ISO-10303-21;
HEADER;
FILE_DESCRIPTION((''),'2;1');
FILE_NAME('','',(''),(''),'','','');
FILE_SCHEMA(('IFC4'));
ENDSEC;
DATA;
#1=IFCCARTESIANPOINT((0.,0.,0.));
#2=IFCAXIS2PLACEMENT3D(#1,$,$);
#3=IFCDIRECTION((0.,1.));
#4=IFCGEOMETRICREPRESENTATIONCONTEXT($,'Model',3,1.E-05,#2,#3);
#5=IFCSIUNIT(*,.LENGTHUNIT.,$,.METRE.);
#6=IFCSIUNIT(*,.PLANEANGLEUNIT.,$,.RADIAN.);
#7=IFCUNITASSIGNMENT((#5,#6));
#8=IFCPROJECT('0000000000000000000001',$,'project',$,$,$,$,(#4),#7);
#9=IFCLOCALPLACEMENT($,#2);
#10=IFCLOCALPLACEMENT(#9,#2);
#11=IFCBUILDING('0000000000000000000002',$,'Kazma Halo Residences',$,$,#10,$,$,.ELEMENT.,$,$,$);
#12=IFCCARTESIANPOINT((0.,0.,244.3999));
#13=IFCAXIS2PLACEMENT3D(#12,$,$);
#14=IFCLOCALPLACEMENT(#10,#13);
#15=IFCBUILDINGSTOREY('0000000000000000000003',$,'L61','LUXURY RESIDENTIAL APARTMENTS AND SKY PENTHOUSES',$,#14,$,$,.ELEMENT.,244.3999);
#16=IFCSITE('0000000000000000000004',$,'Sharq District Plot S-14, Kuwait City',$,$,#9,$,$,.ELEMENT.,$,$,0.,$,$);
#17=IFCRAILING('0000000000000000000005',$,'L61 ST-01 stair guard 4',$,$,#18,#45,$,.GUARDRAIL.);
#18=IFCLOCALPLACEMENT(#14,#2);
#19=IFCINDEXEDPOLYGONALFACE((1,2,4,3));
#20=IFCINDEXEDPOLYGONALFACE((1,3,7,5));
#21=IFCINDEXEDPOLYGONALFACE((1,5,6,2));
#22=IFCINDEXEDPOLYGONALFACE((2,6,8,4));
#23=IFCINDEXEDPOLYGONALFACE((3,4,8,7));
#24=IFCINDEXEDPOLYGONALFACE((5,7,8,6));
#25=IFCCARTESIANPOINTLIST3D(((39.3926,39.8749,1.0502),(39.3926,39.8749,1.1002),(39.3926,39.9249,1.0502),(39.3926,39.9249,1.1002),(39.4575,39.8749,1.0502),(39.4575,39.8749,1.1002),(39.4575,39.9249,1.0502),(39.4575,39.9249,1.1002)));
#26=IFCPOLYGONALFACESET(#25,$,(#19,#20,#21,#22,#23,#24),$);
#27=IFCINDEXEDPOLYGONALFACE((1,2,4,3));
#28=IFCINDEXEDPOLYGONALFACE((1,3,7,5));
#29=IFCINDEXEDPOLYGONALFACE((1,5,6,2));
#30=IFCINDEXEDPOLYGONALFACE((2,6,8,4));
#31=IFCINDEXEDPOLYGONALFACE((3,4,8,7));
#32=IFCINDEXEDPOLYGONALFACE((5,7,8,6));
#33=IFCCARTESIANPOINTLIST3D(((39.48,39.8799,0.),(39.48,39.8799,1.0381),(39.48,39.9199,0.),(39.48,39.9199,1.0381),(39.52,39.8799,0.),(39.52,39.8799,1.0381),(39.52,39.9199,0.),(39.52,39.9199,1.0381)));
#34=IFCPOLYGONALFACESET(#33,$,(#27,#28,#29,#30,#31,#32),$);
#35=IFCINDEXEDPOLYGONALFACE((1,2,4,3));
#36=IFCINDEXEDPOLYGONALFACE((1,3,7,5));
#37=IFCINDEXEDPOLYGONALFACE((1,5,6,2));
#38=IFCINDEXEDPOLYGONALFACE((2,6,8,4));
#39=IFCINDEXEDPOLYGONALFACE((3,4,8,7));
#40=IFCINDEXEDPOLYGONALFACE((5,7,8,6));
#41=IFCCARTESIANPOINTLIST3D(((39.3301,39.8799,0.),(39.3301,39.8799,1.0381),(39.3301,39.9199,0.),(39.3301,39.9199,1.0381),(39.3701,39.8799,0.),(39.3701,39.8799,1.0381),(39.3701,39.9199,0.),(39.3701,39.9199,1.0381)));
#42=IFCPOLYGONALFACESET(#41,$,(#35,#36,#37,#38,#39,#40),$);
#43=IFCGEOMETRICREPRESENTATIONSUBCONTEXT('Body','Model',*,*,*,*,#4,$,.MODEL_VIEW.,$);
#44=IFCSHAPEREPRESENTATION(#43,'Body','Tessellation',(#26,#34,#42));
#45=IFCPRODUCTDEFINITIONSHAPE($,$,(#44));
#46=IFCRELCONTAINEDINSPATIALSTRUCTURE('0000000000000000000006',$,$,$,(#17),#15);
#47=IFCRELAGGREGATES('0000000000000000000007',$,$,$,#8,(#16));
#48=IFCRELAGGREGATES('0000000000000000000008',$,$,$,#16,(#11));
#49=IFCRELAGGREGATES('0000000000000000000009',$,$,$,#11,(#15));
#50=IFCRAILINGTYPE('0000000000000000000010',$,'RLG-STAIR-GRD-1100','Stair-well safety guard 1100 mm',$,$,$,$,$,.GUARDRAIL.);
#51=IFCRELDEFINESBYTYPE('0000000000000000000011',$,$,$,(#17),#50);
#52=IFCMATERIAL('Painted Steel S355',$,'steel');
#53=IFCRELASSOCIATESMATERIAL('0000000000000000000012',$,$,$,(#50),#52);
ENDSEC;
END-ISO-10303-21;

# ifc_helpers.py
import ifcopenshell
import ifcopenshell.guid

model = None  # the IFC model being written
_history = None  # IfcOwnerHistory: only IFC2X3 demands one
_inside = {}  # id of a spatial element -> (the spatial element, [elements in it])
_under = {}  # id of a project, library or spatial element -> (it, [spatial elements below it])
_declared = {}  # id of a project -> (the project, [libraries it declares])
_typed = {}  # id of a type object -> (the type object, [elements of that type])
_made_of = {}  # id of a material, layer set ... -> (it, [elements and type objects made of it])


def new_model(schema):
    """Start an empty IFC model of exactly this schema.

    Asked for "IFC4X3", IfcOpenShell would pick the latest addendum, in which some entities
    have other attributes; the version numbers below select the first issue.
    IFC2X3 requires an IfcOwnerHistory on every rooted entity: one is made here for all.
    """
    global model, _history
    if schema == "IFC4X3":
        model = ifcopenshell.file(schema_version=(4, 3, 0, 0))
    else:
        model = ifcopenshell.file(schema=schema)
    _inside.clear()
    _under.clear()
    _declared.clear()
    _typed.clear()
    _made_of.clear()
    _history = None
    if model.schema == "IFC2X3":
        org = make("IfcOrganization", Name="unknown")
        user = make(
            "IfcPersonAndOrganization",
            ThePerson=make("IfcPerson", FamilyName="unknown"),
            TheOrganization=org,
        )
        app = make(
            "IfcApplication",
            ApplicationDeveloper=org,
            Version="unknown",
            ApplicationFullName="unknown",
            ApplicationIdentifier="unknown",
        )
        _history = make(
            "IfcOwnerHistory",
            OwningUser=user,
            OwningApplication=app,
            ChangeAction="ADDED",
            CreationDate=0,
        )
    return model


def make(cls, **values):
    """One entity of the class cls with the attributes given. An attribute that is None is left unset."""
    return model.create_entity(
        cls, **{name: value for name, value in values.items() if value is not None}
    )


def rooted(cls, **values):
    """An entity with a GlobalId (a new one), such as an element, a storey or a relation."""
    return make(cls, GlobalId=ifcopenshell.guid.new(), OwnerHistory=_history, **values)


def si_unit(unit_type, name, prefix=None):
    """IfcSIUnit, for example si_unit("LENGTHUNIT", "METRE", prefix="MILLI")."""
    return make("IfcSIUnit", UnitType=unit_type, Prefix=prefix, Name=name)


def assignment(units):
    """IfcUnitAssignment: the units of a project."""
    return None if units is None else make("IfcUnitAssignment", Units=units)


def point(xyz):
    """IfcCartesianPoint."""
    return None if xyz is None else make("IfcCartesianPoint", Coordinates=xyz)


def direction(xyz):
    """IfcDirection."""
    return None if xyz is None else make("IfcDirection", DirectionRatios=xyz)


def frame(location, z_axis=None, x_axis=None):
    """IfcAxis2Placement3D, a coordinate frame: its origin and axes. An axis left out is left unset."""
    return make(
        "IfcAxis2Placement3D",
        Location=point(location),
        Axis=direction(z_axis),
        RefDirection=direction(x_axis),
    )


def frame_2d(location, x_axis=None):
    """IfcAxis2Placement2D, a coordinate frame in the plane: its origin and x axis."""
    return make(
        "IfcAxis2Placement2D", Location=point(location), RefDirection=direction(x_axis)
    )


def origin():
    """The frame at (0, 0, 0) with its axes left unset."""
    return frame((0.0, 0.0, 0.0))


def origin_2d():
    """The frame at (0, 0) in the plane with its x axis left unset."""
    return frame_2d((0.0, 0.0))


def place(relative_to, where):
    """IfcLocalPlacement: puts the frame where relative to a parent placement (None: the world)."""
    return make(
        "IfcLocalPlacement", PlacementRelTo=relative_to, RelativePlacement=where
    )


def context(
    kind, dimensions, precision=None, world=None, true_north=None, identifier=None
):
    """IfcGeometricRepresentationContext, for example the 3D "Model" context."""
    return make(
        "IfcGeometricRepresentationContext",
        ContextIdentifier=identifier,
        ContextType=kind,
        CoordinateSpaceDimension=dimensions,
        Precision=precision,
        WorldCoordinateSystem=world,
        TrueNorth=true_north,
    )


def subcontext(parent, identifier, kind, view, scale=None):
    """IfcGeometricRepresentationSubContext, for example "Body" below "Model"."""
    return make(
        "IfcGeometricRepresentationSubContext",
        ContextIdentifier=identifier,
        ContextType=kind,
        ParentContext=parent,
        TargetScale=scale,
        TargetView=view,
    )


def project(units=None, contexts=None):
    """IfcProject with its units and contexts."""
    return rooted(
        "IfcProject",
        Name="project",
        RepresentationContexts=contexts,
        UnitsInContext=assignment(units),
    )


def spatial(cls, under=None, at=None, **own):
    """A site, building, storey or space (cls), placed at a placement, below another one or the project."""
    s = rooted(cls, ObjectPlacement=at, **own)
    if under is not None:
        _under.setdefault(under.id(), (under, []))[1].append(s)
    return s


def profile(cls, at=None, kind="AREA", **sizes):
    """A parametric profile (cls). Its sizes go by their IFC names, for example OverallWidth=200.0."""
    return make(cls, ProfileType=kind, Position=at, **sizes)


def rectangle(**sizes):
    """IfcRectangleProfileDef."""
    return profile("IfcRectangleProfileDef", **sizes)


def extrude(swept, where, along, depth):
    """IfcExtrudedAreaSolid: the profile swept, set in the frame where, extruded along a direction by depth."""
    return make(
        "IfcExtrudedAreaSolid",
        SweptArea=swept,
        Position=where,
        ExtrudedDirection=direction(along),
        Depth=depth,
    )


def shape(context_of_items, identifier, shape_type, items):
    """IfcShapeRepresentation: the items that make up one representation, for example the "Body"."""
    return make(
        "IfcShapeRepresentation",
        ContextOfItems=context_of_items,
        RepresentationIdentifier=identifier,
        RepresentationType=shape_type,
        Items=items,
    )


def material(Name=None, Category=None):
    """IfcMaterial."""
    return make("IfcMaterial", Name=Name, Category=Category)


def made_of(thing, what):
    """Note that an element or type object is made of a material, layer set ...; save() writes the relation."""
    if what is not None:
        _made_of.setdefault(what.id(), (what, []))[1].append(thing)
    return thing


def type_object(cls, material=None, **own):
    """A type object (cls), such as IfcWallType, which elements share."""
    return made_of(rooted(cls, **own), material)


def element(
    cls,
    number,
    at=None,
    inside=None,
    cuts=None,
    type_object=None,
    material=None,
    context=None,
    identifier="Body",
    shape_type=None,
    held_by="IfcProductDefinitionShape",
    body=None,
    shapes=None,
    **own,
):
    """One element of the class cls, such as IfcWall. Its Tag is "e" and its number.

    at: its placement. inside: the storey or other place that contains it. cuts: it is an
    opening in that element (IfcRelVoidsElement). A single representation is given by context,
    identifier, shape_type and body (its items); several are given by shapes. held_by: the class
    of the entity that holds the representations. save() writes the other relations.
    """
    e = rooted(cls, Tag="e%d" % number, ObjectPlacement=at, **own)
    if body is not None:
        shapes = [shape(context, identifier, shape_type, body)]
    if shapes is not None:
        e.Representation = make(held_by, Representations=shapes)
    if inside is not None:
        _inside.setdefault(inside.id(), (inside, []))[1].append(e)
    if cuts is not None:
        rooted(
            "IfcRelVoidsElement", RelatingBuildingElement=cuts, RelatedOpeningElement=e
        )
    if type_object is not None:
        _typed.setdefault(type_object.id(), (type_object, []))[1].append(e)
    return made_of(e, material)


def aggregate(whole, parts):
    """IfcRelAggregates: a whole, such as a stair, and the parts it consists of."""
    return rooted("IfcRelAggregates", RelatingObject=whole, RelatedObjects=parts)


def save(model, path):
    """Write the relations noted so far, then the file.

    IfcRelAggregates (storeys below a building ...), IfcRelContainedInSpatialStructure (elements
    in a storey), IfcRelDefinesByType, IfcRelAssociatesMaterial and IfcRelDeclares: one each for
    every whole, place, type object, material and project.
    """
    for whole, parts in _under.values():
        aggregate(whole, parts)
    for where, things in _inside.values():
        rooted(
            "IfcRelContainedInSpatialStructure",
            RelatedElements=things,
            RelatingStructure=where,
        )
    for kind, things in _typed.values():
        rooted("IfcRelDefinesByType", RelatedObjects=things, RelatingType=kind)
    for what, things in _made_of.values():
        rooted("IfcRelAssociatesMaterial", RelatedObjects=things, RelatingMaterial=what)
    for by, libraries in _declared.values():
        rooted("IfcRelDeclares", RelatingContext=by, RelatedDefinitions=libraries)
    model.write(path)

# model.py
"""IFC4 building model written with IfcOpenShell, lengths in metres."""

from ifc_helpers import new_model, si_unit, direction, frame, origin, origin_2d, place, context, subcontext, project, spatial, rectangle, extrude, material, type_object, element, save


model = new_model("IFC4")

# Units and contexts
model_context = context("Model", 3, precision=1e-05, world=origin(), true_north=direction((0.0, 1.0)))
body_context = subcontext(model_context, "Body", "Model", "MODEL_VIEW")
ifc_project = project(units=[si_unit("LENGTHUNIT", "METRE"), si_unit("PLANEANGLEUNIT", "RADIAN")], contexts=[model_context])

# Site, building, storey
site_placement = place(None, origin())
site = spatial("IfcSite", under=ifc_project, at=site_placement, Name="Sharq District Plot S-14, Kuwait City", CompositionType="ELEMENT", RefElevation=0.0)
building_placement = place(site_placement, origin())
building = spatial("IfcBuilding", under=site, at=building_placement, Name="Kazma Halo Residences", CompositionType="ELEMENT")
storey_placement = place(building_placement, frame((0.0, 0.0, 244.3999)))
storey = spatial("IfcBuildingStorey", under=building, at=storey_placement, Name="L61", Description="LUXURY RESIDENTIAL APARTMENTS AND SKY PENTHOUSES", CompositionType="ELEMENT", Elevation=244.3999)

# Railing
ifc_material_1 = material(Name="Painted Steel S355", Category="steel")
railing_type = type_object("IfcRailingType", Name="RLG-STAIR-GRD-1100", Description="Stair-well safety guard 1100 mm", PredefinedType="GUARDRAIL", material=ifc_material_1)
railing_placement = place(storey_placement, frame((39.5, 39.8999, 0.0)))
element("IfcRailing", 1, at=railing_placement, inside=storey, type_object=railing_type, Name="L61 ST-01 stair guard 4", PredefinedType="GUARDRAIL", context=body_context, shape_type="SweptSolid", body=[
    extrude(rectangle(XDim=0.05, YDim=0.05, at=origin_2d()), frame((-0.0425, 0.0, 1.0752), z_axis=(-1.0, 0.0, 0.0), x_axis=(0.0, -1.0, 0.0)), (0.0, 0.0, 1.0), 0.0649),
    extrude(rectangle(XDim=0.04, YDim=0.04, at=origin_2d()), origin(), (0.0, 0.0, 1.0), 1.0381),
    extrude(rectangle(XDim=0.04, YDim=0.04, at=origin_2d()), frame((-0.1499, 0.0, 0.0)), (0.0, 0.0, 1.0), 1.0381),
])

save(model, "model.ifc")
